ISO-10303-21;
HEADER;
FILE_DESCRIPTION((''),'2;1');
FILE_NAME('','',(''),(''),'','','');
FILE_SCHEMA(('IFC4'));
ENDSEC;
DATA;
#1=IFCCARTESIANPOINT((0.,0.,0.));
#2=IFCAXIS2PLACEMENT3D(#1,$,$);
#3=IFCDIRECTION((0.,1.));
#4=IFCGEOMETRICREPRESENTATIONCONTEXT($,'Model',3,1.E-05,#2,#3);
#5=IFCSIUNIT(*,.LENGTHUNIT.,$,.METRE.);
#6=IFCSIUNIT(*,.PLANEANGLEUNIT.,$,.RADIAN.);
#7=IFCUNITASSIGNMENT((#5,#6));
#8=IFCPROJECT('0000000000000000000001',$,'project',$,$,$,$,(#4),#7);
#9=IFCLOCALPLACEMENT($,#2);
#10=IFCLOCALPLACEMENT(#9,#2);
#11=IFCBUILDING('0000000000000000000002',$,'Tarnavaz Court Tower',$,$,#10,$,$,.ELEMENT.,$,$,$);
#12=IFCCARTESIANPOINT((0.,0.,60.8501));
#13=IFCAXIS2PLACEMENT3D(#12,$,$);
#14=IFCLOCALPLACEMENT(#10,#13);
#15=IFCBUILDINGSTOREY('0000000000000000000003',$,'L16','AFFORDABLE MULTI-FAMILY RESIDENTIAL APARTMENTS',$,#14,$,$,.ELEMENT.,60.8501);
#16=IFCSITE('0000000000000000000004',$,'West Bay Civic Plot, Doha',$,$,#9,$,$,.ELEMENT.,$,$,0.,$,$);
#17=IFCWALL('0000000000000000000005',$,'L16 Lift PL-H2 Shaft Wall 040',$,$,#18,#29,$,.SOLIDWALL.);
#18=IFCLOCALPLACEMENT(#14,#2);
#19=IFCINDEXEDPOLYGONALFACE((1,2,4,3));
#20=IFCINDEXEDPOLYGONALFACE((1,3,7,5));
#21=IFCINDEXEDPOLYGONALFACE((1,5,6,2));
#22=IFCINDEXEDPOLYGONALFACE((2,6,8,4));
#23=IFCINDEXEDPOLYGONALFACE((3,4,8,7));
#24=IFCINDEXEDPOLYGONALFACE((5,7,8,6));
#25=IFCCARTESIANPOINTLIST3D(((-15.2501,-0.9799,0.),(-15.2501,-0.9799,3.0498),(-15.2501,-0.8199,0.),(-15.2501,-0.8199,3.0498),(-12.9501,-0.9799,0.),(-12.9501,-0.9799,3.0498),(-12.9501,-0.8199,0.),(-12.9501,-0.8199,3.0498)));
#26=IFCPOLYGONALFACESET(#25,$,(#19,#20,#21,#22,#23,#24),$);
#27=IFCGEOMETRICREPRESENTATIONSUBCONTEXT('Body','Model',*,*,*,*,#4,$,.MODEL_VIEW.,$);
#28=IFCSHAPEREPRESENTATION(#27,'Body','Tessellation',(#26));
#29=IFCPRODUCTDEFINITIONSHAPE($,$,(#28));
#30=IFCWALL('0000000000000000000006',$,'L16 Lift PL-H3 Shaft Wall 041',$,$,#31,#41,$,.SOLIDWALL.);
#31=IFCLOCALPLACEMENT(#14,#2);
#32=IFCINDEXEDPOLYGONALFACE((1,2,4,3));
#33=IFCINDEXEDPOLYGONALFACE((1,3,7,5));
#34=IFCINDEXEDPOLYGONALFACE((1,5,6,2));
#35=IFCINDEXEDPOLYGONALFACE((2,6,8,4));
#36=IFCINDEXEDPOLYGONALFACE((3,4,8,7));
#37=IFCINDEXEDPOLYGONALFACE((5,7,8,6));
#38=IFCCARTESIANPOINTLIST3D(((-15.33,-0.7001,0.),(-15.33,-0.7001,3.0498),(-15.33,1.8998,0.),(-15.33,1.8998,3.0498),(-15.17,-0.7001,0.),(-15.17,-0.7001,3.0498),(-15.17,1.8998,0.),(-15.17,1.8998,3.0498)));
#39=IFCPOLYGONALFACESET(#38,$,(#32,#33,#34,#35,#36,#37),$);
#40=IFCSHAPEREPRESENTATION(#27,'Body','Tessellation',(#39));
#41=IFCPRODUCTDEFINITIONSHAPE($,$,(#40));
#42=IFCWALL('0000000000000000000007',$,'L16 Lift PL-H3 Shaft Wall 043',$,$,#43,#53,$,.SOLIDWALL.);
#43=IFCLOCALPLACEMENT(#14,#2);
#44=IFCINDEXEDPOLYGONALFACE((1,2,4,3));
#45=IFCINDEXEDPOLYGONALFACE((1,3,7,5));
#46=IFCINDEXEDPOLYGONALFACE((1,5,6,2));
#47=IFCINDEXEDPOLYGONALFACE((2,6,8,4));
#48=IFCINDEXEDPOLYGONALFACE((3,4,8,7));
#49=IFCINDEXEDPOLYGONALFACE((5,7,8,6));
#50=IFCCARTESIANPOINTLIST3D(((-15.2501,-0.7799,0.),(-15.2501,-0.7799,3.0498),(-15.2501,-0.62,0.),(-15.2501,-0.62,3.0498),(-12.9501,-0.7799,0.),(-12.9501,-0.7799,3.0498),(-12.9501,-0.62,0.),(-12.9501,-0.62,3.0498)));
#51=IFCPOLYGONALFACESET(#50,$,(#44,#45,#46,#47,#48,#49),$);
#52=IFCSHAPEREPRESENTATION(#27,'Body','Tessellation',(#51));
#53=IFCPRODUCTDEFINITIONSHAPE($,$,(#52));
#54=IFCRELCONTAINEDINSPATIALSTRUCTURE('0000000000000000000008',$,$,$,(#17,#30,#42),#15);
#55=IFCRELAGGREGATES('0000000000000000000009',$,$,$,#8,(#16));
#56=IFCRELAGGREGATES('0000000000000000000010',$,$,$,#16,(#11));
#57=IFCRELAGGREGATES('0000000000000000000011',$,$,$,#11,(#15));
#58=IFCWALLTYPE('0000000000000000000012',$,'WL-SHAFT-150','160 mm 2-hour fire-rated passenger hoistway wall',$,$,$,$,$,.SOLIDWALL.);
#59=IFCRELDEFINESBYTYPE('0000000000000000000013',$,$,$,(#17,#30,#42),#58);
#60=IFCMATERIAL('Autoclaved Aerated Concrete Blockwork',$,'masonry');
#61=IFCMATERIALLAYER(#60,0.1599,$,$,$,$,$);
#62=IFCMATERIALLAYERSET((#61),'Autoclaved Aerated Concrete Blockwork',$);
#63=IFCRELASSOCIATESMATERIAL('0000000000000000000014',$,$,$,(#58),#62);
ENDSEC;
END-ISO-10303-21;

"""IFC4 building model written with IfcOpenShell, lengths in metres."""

from ifc_helpers import new_model, si_unit, direction, frame, frame_2d, origin, place, context, subcontext, project, spatial, rectangle, extrude, material, layer, layer_set, type_object, element, save


model = new_model("IFC4")

# Units and contexts
model_context = context("Model", 3, precision=1e-05, world=origin(), true_north=direction((0.0, 1.0)))
body_context = subcontext(model_context, "Body", "Model", "MODEL_VIEW")
ifc_project = project(units=[si_unit("LENGTHUNIT", "METRE"), si_unit("PLANEANGLEUNIT", "RADIAN")], contexts=[model_context])

# Site, building, storey
site_placement = place(None, origin())
site = spatial("IfcSite", under=ifc_project, at=site_placement, Name="West Bay Civic Plot, Doha", CompositionType="ELEMENT", RefElevation=0.0)
building_placement = place(site_placement, origin())
building = spatial("IfcBuilding", under=site, at=building_placement, Name="Tarnavaz Court Tower", CompositionType="ELEMENT")
storey_placement = place(building_placement, frame((0.0, 0.0, 60.8501)))
storey = spatial("IfcBuildingStorey", under=building, at=storey_placement, Name="L16", Description="AFFORDABLE MULTI-FAMILY RESIDENTIAL APARTMENTS", CompositionType="ELEMENT", Elevation=60.8501)

# Walls
ifc_material_1 = material(Name="Autoclaved Aerated Concrete Blockwork", Category="masonry")
ifc_layer_1 = layer(ifc_material_1, 0.1599)
ifc_layer_set_1 = layer_set([ifc_layer_1], Name="Autoclaved Aerated Concrete Blockwork")
wall_type_1 = type_object("IfcWallType", Name="WL-SHAFT-150", Description="160 mm 2-hour fire-rated passenger hoistway wall", PredefinedType="SOLIDWALL", material=ifc_layer_set_1)
for number, where, z_axis, x_axis, name in (
    (1, (-15.25, -0.8999, 0.0), (0.0, 0.0, 1.0), (1.0, 0.0, 0.0), "L16 Lift PL-H2 Shaft Wall 040"),
):
    element("IfcWall", number, at=place(storey_placement, frame(where, z_axis=z_axis, x_axis=x_axis)), inside=storey, type_object=wall_type_1, Name=name, PredefinedType="SOLIDWALL", context=body_context, shape_type="SweptSolid", body=[
        extrude(rectangle(XDim=2.3, YDim=0.1599, at=frame_2d((1.1499, 0.0))), origin(), (0.0, 0.0, 1.0), 3.0498),
    ])
wall_1_placement = place(storey_placement, frame((-15.25, -0.7, 0.0), z_axis=(0.0, 0.0, 1.0), x_axis=(0.0, 1.0, 0.0)))
element("IfcWall", 2, at=wall_1_placement, inside=storey, type_object=wall_type_1, Name="L16 Lift PL-H3 Shaft Wall 041", PredefinedType="SOLIDWALL", context=body_context, shape_type="SweptSolid", body=[
    extrude(rectangle(XDim=2.5999, YDim=0.1599, at=frame_2d((1.2998, 0.0))), origin(), (0.0, 0.0, 1.0), 3.0498),
])
wall_2_placement = place(storey_placement, frame((-15.25, -0.7, 0.0), z_axis=(0.0, 0.0, 1.0), x_axis=(1.0, 0.0, 0.0)))
element("IfcWall", 3, at=wall_2_placement, inside=storey, type_object=wall_type_1, Name="L16 Lift PL-H3 Shaft Wall 043", PredefinedType="SOLIDWALL", context=body_context, shape_type="SweptSolid", body=[
    extrude(rectangle(XDim=2.3, YDim=0.1599, at=frame_2d((1.1499, 0.0))), origin(), (0.0, 0.0, 1.0), 3.0498),
])

save(model, "model.ifc")
